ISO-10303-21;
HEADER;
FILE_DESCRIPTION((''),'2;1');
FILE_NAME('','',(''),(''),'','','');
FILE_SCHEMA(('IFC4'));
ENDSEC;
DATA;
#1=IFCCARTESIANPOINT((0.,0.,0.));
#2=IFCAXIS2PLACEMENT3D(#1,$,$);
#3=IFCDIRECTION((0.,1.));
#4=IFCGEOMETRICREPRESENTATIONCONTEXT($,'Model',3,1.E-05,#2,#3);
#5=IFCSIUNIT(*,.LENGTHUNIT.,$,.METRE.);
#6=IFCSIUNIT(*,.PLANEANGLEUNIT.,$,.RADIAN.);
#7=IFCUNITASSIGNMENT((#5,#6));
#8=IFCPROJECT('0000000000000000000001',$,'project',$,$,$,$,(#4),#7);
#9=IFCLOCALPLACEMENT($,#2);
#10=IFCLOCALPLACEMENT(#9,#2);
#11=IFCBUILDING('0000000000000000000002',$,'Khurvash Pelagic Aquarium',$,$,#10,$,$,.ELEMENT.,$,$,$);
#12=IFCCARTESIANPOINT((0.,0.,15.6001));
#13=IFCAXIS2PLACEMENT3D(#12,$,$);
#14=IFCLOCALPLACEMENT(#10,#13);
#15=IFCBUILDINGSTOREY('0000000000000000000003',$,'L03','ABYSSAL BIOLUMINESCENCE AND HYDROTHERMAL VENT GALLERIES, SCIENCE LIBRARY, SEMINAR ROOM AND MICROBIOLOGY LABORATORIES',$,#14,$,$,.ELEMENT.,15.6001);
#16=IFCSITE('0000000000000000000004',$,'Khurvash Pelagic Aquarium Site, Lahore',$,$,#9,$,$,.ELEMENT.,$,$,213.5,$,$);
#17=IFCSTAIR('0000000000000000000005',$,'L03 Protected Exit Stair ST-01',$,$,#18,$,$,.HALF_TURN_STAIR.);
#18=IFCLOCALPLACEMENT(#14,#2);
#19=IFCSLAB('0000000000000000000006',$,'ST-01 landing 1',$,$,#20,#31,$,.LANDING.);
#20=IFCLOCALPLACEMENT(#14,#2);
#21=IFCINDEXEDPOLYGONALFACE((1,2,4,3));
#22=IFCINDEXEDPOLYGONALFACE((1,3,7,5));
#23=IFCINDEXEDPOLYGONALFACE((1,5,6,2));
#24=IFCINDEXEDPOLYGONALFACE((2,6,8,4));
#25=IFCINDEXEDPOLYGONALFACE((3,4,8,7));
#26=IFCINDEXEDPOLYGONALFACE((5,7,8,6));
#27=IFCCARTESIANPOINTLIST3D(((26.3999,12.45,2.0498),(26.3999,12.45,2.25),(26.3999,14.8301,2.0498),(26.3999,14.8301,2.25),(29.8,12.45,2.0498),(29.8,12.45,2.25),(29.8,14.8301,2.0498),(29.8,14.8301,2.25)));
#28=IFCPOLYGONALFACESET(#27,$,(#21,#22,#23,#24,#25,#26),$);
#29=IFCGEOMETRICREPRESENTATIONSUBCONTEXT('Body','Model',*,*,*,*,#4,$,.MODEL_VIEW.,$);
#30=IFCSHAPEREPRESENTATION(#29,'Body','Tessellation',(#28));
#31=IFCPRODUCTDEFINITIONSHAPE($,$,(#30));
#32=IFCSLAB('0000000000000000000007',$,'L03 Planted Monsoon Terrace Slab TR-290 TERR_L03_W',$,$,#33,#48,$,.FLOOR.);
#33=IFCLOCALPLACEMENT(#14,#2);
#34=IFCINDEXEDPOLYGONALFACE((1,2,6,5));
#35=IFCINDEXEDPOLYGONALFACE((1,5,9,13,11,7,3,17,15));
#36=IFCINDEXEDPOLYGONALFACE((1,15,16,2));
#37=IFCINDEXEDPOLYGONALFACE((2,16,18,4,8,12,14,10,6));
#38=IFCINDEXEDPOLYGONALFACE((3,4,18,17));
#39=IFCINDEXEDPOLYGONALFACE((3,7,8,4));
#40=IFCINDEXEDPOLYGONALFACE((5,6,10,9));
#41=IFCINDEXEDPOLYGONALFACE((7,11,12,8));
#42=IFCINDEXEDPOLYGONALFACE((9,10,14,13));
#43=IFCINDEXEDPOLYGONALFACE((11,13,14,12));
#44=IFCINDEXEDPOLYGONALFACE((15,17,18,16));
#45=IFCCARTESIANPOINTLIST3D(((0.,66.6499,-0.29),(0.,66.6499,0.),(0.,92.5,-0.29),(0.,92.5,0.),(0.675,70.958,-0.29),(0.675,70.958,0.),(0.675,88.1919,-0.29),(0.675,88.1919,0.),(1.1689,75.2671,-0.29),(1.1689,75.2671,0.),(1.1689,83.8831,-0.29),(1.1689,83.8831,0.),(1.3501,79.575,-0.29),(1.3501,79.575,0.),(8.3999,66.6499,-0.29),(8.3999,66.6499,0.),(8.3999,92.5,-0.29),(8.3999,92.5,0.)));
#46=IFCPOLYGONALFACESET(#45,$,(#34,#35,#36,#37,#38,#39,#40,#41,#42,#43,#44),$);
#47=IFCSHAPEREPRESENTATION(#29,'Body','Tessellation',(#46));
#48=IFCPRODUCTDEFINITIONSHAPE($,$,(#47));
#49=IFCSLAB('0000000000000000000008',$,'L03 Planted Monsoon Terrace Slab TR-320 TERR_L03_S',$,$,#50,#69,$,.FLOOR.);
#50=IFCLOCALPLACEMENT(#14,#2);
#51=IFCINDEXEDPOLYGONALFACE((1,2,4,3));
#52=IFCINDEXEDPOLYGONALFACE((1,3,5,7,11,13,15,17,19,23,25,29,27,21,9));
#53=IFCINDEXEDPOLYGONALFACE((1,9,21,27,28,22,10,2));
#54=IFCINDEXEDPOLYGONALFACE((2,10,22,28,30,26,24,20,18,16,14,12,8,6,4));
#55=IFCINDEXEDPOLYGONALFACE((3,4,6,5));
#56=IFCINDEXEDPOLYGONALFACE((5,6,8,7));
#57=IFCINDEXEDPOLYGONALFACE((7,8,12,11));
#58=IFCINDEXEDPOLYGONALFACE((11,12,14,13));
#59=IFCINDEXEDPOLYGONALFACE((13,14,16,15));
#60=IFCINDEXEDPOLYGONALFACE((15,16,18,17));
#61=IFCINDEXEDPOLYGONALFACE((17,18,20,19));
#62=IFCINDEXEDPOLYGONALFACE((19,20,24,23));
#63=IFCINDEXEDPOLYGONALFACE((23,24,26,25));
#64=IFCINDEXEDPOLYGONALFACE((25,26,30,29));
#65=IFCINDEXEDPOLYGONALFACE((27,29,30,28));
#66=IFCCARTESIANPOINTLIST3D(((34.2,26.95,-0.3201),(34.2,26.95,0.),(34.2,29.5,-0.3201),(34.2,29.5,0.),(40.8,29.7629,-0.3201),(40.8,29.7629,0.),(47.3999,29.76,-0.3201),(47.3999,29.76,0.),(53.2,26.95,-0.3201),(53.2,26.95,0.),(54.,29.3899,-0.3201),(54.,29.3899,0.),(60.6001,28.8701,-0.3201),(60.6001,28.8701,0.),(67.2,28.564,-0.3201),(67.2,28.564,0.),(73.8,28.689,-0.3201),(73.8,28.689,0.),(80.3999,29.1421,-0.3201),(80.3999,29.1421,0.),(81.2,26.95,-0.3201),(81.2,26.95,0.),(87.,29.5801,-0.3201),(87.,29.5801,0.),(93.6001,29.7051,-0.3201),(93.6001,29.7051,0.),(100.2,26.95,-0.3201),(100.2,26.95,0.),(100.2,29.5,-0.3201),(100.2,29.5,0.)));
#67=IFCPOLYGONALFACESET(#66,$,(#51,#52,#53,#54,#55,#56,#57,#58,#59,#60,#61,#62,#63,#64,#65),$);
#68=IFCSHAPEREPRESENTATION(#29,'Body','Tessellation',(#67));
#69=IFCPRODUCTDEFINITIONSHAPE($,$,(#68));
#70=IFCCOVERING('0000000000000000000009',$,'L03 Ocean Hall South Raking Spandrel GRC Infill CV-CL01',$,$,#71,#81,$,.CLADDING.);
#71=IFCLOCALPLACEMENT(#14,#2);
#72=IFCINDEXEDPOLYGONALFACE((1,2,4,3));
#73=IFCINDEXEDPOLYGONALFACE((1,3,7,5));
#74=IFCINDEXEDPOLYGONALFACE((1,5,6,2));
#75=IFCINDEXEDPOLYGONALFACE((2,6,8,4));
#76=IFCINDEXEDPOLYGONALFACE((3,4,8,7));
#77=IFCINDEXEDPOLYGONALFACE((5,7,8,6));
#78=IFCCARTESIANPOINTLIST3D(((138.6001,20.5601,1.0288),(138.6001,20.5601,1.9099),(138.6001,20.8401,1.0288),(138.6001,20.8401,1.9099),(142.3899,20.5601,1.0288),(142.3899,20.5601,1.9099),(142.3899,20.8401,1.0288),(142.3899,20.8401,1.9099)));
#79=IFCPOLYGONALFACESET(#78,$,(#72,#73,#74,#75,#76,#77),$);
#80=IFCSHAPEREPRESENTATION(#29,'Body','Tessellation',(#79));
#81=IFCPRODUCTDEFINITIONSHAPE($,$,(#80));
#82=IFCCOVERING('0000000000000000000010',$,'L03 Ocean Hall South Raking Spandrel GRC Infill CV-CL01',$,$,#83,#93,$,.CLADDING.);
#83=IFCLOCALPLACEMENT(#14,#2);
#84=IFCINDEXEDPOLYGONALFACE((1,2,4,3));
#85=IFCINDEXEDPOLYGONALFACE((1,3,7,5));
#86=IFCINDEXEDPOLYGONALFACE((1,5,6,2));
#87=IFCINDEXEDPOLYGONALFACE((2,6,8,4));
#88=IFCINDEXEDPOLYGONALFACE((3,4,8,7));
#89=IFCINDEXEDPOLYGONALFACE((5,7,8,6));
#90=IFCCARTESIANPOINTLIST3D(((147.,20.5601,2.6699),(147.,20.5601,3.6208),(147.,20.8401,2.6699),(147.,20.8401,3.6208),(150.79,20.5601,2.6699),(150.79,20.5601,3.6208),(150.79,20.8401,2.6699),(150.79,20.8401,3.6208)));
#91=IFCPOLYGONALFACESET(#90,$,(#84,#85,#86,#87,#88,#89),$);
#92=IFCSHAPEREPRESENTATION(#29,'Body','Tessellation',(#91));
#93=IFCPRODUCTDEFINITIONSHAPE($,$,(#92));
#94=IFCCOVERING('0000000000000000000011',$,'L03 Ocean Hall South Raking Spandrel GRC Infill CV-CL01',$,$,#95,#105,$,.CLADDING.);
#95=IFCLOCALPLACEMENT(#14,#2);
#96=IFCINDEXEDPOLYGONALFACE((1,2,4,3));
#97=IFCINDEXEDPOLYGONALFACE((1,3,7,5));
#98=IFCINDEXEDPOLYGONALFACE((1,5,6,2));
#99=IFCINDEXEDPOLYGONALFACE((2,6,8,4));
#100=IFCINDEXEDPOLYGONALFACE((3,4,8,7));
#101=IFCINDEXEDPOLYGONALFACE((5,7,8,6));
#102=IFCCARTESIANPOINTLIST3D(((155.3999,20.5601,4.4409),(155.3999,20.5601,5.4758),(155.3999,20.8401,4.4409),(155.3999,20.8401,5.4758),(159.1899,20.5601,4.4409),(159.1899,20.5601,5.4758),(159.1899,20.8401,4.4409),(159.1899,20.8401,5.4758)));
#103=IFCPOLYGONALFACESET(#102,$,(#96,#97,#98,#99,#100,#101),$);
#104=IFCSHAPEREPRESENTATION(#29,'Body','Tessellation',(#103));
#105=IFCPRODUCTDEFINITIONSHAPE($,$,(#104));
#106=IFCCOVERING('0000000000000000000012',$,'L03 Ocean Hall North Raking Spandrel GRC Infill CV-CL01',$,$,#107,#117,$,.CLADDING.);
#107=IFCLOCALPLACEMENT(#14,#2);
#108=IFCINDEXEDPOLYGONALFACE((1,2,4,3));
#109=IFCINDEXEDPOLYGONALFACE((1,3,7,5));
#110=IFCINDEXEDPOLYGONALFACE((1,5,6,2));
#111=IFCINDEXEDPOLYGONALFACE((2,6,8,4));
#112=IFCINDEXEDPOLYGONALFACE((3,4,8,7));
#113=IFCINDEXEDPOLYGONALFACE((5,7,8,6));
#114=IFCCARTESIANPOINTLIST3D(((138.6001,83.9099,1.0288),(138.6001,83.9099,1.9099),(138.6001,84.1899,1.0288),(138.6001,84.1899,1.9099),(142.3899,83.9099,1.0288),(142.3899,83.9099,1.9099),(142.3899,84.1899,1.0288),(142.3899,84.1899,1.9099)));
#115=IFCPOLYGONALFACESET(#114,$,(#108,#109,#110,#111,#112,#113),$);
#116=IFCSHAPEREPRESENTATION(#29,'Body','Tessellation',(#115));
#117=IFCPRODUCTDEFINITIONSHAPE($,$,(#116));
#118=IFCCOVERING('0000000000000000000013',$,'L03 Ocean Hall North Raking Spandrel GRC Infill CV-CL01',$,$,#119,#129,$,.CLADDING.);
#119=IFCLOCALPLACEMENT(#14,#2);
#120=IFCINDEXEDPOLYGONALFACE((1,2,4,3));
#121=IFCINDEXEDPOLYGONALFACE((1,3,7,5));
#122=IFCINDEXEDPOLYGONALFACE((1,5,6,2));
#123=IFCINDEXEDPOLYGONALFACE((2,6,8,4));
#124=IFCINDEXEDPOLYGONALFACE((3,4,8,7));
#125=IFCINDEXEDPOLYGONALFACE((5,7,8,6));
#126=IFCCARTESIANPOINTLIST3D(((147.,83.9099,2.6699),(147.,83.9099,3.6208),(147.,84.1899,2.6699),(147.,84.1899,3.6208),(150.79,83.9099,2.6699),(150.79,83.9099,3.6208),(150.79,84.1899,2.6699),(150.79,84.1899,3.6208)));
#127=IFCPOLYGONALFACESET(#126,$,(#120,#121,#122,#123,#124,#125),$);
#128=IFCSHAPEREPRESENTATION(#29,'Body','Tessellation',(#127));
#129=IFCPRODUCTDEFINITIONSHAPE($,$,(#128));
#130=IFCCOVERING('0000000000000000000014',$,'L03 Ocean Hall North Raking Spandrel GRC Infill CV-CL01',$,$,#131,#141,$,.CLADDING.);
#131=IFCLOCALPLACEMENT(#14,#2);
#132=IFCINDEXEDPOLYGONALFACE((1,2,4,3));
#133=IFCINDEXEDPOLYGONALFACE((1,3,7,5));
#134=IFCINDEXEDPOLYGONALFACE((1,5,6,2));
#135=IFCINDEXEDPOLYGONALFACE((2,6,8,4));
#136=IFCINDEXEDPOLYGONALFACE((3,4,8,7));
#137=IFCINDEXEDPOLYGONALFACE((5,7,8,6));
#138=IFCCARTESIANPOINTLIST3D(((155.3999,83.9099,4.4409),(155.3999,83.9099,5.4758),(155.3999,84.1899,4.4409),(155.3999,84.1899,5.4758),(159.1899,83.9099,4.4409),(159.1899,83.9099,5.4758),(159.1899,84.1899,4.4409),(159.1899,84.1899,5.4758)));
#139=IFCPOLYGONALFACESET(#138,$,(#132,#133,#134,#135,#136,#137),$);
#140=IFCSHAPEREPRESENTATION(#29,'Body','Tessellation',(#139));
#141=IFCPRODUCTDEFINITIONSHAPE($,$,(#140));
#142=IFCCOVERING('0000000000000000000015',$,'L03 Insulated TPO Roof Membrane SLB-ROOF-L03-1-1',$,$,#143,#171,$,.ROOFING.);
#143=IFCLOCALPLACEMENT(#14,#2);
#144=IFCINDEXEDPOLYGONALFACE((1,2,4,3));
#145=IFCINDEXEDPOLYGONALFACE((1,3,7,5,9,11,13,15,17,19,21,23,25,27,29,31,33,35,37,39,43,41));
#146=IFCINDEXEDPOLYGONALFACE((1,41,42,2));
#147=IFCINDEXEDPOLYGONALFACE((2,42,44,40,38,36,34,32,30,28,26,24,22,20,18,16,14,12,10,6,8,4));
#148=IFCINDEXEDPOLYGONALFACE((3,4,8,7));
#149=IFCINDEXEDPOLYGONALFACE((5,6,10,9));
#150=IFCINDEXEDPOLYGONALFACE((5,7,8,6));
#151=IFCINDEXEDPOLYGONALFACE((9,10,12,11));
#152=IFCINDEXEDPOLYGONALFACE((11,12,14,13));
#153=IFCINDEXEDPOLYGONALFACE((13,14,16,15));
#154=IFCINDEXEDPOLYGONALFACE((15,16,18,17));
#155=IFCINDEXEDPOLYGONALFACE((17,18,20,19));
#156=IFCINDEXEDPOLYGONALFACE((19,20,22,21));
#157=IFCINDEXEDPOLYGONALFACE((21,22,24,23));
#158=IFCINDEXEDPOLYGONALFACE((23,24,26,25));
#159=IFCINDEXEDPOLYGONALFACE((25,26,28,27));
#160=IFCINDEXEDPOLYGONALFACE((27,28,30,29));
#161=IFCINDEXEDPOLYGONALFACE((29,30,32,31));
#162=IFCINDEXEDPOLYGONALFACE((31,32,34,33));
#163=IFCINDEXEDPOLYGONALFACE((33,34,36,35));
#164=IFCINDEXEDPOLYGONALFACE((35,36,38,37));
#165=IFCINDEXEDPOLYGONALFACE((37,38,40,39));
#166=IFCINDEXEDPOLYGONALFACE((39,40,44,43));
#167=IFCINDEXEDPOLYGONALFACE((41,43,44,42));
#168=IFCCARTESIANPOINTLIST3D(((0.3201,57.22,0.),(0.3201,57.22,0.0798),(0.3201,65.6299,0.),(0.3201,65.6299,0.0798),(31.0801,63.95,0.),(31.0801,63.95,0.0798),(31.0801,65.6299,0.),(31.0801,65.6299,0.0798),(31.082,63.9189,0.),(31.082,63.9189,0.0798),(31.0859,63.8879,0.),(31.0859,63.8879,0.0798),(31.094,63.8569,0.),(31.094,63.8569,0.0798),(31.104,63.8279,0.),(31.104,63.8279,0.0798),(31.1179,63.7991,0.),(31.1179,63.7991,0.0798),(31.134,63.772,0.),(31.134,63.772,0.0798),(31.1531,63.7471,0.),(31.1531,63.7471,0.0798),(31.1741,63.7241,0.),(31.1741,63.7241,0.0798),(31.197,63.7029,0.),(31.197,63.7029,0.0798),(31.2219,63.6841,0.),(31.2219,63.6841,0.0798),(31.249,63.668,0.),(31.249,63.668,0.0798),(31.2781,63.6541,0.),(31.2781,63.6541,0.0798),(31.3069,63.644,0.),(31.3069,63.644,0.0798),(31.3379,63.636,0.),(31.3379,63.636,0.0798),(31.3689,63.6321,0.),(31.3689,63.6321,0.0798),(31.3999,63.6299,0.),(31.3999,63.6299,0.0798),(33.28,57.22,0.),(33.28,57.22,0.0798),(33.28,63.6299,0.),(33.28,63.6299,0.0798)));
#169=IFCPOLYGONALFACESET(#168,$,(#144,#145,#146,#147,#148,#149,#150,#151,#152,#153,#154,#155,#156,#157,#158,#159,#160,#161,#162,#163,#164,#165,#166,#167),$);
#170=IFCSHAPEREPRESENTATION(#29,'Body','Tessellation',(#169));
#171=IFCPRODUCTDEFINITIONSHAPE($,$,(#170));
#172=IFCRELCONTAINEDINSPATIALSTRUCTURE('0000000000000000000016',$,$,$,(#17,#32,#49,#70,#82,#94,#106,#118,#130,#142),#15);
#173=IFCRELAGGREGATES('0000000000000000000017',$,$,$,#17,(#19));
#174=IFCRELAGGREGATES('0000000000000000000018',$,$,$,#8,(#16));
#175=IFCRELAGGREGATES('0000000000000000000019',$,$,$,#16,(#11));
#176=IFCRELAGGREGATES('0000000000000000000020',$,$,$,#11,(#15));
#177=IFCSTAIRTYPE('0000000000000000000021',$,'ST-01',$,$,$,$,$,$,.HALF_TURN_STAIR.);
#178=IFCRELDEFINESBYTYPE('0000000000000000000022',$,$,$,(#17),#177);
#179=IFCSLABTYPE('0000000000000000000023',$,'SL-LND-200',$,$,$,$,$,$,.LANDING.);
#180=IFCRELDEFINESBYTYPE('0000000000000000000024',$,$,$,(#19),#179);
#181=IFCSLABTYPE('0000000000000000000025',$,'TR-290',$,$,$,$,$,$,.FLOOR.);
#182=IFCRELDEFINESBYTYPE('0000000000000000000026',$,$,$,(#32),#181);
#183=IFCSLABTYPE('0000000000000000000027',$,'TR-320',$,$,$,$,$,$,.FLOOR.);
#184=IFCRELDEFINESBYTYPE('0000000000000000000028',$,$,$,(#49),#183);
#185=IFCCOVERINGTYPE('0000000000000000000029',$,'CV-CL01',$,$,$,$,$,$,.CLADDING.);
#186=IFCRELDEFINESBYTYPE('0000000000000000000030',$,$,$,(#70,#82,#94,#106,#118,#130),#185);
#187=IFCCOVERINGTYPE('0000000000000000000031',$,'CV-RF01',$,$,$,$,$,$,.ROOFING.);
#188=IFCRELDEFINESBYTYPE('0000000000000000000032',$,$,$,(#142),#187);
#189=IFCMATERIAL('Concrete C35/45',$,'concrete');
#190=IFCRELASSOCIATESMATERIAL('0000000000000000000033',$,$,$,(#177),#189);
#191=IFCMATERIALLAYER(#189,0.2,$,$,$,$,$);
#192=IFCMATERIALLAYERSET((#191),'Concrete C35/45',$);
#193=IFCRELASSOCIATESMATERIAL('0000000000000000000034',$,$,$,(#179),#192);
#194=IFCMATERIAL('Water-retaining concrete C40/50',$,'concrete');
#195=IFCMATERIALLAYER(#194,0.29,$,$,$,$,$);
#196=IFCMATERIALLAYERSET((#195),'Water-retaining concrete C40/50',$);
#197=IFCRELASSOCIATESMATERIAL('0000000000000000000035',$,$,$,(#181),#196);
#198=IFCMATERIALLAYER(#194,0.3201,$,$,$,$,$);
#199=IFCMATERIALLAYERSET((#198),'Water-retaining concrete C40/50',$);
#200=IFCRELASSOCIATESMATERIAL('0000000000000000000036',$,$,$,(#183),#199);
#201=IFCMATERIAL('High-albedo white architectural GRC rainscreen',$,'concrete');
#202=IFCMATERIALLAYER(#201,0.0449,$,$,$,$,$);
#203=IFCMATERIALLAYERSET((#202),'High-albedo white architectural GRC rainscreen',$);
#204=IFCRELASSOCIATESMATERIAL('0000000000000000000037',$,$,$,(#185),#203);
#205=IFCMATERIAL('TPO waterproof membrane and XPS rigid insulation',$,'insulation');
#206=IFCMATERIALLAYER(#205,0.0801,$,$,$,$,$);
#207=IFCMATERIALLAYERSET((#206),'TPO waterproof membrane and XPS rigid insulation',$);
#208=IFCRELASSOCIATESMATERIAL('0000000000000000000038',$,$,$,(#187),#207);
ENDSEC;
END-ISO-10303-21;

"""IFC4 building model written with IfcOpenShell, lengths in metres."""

from ifc_helpers import new_model, si_unit, direction, frame, origin, place, context, subcontext, project, spatial, polyline, outline, extrude, material, layer, layer_set, type_object, element, aggregate, save


model = new_model("IFC4")

# Units and contexts
model_context = context("Model", 3, precision=1e-05, world=origin(), true_north=direction((0.0, 1.0)))
body_context = subcontext(model_context, "Body", "Model", "MODEL_VIEW")
ifc_project = project(units=[si_unit("LENGTHUNIT", "METRE"), si_unit("PLANEANGLEUNIT", "RADIAN")], contexts=[model_context])

# Site, building, storey
site_placement = place(None, origin())
site = spatial("IfcSite", under=ifc_project, at=site_placement, Name="Khurvash Pelagic Aquarium Site, Lahore", CompositionType="ELEMENT", RefElevation=213.5)
building_placement = place(site_placement, origin())
building = spatial("IfcBuilding", under=site, at=building_placement, Name="Khurvash Pelagic Aquarium", CompositionType="ELEMENT")
storey_placement = place(building_placement, frame((0.0, 0.0, 15.6001)))
storey = spatial("IfcBuildingStorey", under=building, at=storey_placement, Name="L03", Description="ABYSSAL BIOLUMINESCENCE AND HYDROTHERMAL VENT GALLERIES, SCIENCE LIBRARY, SEMINAR ROOM AND MICROBIOLOGY LABORATORIES", CompositionType="ELEMENT", Elevation=15.6001)

# Shared definitions
ifc_material_1 = material(Name="Concrete C35/45", Category="concrete")

# Stair, slab
stair_type = type_object("IfcStairType", Name="ST-01", PredefinedType="HALF_TURN_STAIR", material=ifc_material_1)
stair_placement = place(storey_placement, origin())
stair = element("IfcStair", 1, at=stair_placement, inside=storey, type_object=stair_type, Name="L03 Protected Exit Stair ST-01", PredefinedType="HALF_TURN_STAIR")
ifc_layer_1 = layer(ifc_material_1, 0.2)
ifc_layer_set_1 = layer_set([ifc_layer_1], Name="Concrete C35/45")
slab_type_1 = type_object("IfcSlabType", Name="SL-LND-200", PredefinedType="LANDING", material=ifc_layer_set_1)
slab_1_placement = place(storey_placement, frame((0.0, 0.0, 2.0498)))
slab_1 = element("IfcSlab", 2, at=slab_1_placement, type_object=slab_type_1, Name="ST-01 landing 1", PredefinedType="LANDING", context=body_context, shape_type="SweptSolid", body=[
    extrude(outline(polyline([(26.3999, 14.8301), (26.3999, 12.45), (29.8, 12.45), (29.8, 14.8301), (26.3999, 14.8301)])), origin(), (0.0, 0.0, 1.0), 0.2002),
])
aggregate(stair, [slab_1])

# Slabs
ifc_material_2 = material(Name="Water-retaining concrete C40/50", Category="concrete")
ifc_layer_2 = layer(ifc_material_2, 0.29)
ifc_layer_set_2 = layer_set([ifc_layer_2], Name="Water-retaining concrete C40/50")
slab_type_2 = type_object("IfcSlabType", Name="TR-290", PredefinedType="FLOOR", material=ifc_layer_set_2)
slab_2_placement = place(storey_placement, frame((0.0, 0.0, -0.29)))
element("IfcSlab", 3, at=slab_2_placement, inside=storey, type_object=slab_type_2, Name="L03 Planted Monsoon Terrace Slab TR-290 TERR_L03_W", PredefinedType="FLOOR", context=body_context, shape_type="SweptSolid", body=[
    extrude(outline(polyline([(8.3999, 66.6499), (8.3999, 92.5), (0.0, 92.5), (0.675, 88.1919), (1.1689, 83.8831), (1.3501, 79.575), (1.1689, 75.2671), (0.675, 70.958), (0.0, 66.6499), (8.3999, 66.6499)])), origin(), (0.0, 0.0, 1.0), 0.29),
])
ifc_layer_3 = layer(ifc_material_2, 0.3201)
ifc_layer_set_3 = layer_set([ifc_layer_3], Name="Water-retaining concrete C40/50")
slab_type_3 = type_object("IfcSlabType", Name="TR-320", PredefinedType="FLOOR", material=ifc_layer_set_3)
slab_3_placement = place(storey_placement, frame((0.0, 0.0, -0.3201)))
element("IfcSlab", 4, at=slab_3_placement, inside=storey, type_object=slab_type_3, Name="L03 Planted Monsoon Terrace Slab TR-320 TERR_L03_S", PredefinedType="FLOOR", context=body_context, shape_type="SweptSolid", body=[
    extrude(outline(polyline([(34.2, 26.95), (53.2, 26.95), (81.2, 26.95), (100.2, 26.95), (100.2, 29.5), (93.6001, 29.7051), (87.0, 29.5801), (80.3999, 29.1421), (73.8, 28.689), (67.2, 28.564), (60.6001, 28.8701), (54.0, 29.3899), (47.3999, 29.76), (40.8, 29.7629), (34.2, 29.5), (34.2, 26.95)])), origin(), (0.0, 0.0, 1.0), 0.3201),
])

# Coverings
ifc_material_3 = material(Name="High-albedo white architectural GRC rainscreen", Category="concrete")
ifc_layer_4 = layer(ifc_material_3, 0.0449)
ifc_layer_set_4 = layer_set([ifc_layer_4], Name="High-albedo white architectural GRC rainscreen")
covering_type_1 = type_object("IfcCoveringType", Name="CV-CL01", PredefinedType="CLADDING", material=ifc_layer_set_4)
covering_1_placement = place(storey_placement, frame((0.0, 0.0, 1.0288)))
element("IfcCovering", 5, at=covering_1_placement, inside=storey, type_object=covering_type_1, Name="L03 Ocean Hall South Raking Spandrel GRC Infill CV-CL01", PredefinedType="CLADDING", context=body_context, shape_type="SweptSolid", body=[
    extrude(outline(polyline([(138.6001, 20.5601), (142.3899, 20.5601), (142.3899, 20.8401), (138.6001, 20.8401), (138.6001, 20.5601)])), origin(), (0.0, 0.0, 1.0), 0.8811),
])
covering_2_placement = place(storey_placement, frame((0.0, 0.0, 2.6699)))
element("IfcCovering", 6, at=covering_2_placement, inside=storey, type_object=covering_type_1, Name="L03 Ocean Hall South Raking Spandrel GRC Infill CV-CL01", PredefinedType="CLADDING", context=body_context, shape_type="SweptSolid", body=[
    extrude(outline(polyline([(147.0, 20.5601), (150.79, 20.5601), (150.79, 20.8401), (147.0, 20.8401), (147.0, 20.5601)])), origin(), (0.0, 0.0, 1.0), 0.9509),
])
covering_3_placement = place(storey_placement, frame((0.0, 0.0, 4.4409)))
element("IfcCovering", 7, at=covering_3_placement, inside=storey, type_object=covering_type_1, Name="L03 Ocean Hall South Raking Spandrel GRC Infill CV-CL01", PredefinedType="CLADDING", context=body_context, shape_type="SweptSolid", body=[
    extrude(outline(polyline([(155.3999, 20.5601), (159.1899, 20.5601), (159.1899, 20.8401), (155.3999, 20.8401), (155.3999, 20.5601)])), origin(), (0.0, 0.0, 1.0), 1.0349),
])
covering_4_placement = place(storey_placement, frame((0.0, 0.0, 1.0288)))
element("IfcCovering", 8, at=covering_4_placement, inside=storey, type_object=covering_type_1, Name="L03 Ocean Hall North Raking Spandrel GRC Infill CV-CL01", PredefinedType="CLADDING", context=body_context, shape_type="SweptSolid", body=[
    extrude(outline(polyline([(138.6001, 83.9099), (142.3899, 83.9099), (142.3899, 84.1899), (138.6001, 84.1899), (138.6001, 83.9099)])), origin(), (0.0, 0.0, 1.0), 0.8811),
])
covering_5_placement = place(storey_placement, frame((0.0, 0.0, 2.6699)))
element("IfcCovering", 9, at=covering_5_placement, inside=storey, type_object=covering_type_1, Name="L03 Ocean Hall North Raking Spandrel GRC Infill CV-CL01", PredefinedType="CLADDING", context=body_context, shape_type="SweptSolid", body=[
    extrude(outline(polyline([(147.0, 83.9099), (150.79, 83.9099), (150.79, 84.1899), (147.0, 84.1899), (147.0, 83.9099)])), origin(), (0.0, 0.0, 1.0), 0.9509),
])
covering_6_placement = place(storey_placement, frame((0.0, 0.0, 4.4409)))
element("IfcCovering", 10, at=covering_6_placement, inside=storey, type_object=covering_type_1, Name="L03 Ocean Hall North Raking Spandrel GRC Infill CV-CL01", PredefinedType="CLADDING", context=body_context, shape_type="SweptSolid", body=[
    extrude(outline(polyline([(155.3999, 83.9099), (159.1899, 83.9099), (159.1899, 84.1899), (155.3999, 84.1899), (155.3999, 83.9099)])), origin(), (0.0, 0.0, 1.0), 1.0349),
])
ifc_material_4 = material(Name="TPO waterproof membrane and XPS rigid insulation", Category="insulation")
ifc_layer_5 = layer(ifc_material_4, 0.0801)
ifc_layer_set_5 = layer_set([ifc_layer_5], Name="TPO waterproof membrane and XPS rigid insulation")
covering_type_2 = type_object("IfcCoveringType", Name="CV-RF01", PredefinedType="ROOFING", material=ifc_layer_set_5)
covering_7_placement = place(storey_placement, origin())
element("IfcCovering", 11, at=covering_7_placement, inside=storey, type_object=covering_type_2, Name="L03 Insulated TPO Roof Membrane SLB-ROOF-L03-1-1", PredefinedType="ROOFING", context=body_context, shape_type="SweptSolid", body=[
    extrude(outline(polyline([(33.28, 57.22), (0.3201, 57.22), (0.3201, 65.6299), (31.0801, 65.6299), (31.0801, 63.95), (31.082, 63.9189), (31.0859, 63.8879), (31.094, 63.8569), (31.104, 63.8279), (31.1179, 63.7991), (31.134, 63.772), (31.1531, 63.7471), (31.1741, 63.7241), (31.197, 63.7029), (31.2219, 63.6841), (31.249, 63.668), (31.2781, 63.6541), (31.3069, 63.644), (31.3379, 63.636), (31.3689, 63.6321), (31.3999, 63.6299), (33.28, 63.6299), (33.28, 57.22)])), origin(), (0.0, 0.0, 1.0), 0.0798),
])

save(model, "model.ifc")
